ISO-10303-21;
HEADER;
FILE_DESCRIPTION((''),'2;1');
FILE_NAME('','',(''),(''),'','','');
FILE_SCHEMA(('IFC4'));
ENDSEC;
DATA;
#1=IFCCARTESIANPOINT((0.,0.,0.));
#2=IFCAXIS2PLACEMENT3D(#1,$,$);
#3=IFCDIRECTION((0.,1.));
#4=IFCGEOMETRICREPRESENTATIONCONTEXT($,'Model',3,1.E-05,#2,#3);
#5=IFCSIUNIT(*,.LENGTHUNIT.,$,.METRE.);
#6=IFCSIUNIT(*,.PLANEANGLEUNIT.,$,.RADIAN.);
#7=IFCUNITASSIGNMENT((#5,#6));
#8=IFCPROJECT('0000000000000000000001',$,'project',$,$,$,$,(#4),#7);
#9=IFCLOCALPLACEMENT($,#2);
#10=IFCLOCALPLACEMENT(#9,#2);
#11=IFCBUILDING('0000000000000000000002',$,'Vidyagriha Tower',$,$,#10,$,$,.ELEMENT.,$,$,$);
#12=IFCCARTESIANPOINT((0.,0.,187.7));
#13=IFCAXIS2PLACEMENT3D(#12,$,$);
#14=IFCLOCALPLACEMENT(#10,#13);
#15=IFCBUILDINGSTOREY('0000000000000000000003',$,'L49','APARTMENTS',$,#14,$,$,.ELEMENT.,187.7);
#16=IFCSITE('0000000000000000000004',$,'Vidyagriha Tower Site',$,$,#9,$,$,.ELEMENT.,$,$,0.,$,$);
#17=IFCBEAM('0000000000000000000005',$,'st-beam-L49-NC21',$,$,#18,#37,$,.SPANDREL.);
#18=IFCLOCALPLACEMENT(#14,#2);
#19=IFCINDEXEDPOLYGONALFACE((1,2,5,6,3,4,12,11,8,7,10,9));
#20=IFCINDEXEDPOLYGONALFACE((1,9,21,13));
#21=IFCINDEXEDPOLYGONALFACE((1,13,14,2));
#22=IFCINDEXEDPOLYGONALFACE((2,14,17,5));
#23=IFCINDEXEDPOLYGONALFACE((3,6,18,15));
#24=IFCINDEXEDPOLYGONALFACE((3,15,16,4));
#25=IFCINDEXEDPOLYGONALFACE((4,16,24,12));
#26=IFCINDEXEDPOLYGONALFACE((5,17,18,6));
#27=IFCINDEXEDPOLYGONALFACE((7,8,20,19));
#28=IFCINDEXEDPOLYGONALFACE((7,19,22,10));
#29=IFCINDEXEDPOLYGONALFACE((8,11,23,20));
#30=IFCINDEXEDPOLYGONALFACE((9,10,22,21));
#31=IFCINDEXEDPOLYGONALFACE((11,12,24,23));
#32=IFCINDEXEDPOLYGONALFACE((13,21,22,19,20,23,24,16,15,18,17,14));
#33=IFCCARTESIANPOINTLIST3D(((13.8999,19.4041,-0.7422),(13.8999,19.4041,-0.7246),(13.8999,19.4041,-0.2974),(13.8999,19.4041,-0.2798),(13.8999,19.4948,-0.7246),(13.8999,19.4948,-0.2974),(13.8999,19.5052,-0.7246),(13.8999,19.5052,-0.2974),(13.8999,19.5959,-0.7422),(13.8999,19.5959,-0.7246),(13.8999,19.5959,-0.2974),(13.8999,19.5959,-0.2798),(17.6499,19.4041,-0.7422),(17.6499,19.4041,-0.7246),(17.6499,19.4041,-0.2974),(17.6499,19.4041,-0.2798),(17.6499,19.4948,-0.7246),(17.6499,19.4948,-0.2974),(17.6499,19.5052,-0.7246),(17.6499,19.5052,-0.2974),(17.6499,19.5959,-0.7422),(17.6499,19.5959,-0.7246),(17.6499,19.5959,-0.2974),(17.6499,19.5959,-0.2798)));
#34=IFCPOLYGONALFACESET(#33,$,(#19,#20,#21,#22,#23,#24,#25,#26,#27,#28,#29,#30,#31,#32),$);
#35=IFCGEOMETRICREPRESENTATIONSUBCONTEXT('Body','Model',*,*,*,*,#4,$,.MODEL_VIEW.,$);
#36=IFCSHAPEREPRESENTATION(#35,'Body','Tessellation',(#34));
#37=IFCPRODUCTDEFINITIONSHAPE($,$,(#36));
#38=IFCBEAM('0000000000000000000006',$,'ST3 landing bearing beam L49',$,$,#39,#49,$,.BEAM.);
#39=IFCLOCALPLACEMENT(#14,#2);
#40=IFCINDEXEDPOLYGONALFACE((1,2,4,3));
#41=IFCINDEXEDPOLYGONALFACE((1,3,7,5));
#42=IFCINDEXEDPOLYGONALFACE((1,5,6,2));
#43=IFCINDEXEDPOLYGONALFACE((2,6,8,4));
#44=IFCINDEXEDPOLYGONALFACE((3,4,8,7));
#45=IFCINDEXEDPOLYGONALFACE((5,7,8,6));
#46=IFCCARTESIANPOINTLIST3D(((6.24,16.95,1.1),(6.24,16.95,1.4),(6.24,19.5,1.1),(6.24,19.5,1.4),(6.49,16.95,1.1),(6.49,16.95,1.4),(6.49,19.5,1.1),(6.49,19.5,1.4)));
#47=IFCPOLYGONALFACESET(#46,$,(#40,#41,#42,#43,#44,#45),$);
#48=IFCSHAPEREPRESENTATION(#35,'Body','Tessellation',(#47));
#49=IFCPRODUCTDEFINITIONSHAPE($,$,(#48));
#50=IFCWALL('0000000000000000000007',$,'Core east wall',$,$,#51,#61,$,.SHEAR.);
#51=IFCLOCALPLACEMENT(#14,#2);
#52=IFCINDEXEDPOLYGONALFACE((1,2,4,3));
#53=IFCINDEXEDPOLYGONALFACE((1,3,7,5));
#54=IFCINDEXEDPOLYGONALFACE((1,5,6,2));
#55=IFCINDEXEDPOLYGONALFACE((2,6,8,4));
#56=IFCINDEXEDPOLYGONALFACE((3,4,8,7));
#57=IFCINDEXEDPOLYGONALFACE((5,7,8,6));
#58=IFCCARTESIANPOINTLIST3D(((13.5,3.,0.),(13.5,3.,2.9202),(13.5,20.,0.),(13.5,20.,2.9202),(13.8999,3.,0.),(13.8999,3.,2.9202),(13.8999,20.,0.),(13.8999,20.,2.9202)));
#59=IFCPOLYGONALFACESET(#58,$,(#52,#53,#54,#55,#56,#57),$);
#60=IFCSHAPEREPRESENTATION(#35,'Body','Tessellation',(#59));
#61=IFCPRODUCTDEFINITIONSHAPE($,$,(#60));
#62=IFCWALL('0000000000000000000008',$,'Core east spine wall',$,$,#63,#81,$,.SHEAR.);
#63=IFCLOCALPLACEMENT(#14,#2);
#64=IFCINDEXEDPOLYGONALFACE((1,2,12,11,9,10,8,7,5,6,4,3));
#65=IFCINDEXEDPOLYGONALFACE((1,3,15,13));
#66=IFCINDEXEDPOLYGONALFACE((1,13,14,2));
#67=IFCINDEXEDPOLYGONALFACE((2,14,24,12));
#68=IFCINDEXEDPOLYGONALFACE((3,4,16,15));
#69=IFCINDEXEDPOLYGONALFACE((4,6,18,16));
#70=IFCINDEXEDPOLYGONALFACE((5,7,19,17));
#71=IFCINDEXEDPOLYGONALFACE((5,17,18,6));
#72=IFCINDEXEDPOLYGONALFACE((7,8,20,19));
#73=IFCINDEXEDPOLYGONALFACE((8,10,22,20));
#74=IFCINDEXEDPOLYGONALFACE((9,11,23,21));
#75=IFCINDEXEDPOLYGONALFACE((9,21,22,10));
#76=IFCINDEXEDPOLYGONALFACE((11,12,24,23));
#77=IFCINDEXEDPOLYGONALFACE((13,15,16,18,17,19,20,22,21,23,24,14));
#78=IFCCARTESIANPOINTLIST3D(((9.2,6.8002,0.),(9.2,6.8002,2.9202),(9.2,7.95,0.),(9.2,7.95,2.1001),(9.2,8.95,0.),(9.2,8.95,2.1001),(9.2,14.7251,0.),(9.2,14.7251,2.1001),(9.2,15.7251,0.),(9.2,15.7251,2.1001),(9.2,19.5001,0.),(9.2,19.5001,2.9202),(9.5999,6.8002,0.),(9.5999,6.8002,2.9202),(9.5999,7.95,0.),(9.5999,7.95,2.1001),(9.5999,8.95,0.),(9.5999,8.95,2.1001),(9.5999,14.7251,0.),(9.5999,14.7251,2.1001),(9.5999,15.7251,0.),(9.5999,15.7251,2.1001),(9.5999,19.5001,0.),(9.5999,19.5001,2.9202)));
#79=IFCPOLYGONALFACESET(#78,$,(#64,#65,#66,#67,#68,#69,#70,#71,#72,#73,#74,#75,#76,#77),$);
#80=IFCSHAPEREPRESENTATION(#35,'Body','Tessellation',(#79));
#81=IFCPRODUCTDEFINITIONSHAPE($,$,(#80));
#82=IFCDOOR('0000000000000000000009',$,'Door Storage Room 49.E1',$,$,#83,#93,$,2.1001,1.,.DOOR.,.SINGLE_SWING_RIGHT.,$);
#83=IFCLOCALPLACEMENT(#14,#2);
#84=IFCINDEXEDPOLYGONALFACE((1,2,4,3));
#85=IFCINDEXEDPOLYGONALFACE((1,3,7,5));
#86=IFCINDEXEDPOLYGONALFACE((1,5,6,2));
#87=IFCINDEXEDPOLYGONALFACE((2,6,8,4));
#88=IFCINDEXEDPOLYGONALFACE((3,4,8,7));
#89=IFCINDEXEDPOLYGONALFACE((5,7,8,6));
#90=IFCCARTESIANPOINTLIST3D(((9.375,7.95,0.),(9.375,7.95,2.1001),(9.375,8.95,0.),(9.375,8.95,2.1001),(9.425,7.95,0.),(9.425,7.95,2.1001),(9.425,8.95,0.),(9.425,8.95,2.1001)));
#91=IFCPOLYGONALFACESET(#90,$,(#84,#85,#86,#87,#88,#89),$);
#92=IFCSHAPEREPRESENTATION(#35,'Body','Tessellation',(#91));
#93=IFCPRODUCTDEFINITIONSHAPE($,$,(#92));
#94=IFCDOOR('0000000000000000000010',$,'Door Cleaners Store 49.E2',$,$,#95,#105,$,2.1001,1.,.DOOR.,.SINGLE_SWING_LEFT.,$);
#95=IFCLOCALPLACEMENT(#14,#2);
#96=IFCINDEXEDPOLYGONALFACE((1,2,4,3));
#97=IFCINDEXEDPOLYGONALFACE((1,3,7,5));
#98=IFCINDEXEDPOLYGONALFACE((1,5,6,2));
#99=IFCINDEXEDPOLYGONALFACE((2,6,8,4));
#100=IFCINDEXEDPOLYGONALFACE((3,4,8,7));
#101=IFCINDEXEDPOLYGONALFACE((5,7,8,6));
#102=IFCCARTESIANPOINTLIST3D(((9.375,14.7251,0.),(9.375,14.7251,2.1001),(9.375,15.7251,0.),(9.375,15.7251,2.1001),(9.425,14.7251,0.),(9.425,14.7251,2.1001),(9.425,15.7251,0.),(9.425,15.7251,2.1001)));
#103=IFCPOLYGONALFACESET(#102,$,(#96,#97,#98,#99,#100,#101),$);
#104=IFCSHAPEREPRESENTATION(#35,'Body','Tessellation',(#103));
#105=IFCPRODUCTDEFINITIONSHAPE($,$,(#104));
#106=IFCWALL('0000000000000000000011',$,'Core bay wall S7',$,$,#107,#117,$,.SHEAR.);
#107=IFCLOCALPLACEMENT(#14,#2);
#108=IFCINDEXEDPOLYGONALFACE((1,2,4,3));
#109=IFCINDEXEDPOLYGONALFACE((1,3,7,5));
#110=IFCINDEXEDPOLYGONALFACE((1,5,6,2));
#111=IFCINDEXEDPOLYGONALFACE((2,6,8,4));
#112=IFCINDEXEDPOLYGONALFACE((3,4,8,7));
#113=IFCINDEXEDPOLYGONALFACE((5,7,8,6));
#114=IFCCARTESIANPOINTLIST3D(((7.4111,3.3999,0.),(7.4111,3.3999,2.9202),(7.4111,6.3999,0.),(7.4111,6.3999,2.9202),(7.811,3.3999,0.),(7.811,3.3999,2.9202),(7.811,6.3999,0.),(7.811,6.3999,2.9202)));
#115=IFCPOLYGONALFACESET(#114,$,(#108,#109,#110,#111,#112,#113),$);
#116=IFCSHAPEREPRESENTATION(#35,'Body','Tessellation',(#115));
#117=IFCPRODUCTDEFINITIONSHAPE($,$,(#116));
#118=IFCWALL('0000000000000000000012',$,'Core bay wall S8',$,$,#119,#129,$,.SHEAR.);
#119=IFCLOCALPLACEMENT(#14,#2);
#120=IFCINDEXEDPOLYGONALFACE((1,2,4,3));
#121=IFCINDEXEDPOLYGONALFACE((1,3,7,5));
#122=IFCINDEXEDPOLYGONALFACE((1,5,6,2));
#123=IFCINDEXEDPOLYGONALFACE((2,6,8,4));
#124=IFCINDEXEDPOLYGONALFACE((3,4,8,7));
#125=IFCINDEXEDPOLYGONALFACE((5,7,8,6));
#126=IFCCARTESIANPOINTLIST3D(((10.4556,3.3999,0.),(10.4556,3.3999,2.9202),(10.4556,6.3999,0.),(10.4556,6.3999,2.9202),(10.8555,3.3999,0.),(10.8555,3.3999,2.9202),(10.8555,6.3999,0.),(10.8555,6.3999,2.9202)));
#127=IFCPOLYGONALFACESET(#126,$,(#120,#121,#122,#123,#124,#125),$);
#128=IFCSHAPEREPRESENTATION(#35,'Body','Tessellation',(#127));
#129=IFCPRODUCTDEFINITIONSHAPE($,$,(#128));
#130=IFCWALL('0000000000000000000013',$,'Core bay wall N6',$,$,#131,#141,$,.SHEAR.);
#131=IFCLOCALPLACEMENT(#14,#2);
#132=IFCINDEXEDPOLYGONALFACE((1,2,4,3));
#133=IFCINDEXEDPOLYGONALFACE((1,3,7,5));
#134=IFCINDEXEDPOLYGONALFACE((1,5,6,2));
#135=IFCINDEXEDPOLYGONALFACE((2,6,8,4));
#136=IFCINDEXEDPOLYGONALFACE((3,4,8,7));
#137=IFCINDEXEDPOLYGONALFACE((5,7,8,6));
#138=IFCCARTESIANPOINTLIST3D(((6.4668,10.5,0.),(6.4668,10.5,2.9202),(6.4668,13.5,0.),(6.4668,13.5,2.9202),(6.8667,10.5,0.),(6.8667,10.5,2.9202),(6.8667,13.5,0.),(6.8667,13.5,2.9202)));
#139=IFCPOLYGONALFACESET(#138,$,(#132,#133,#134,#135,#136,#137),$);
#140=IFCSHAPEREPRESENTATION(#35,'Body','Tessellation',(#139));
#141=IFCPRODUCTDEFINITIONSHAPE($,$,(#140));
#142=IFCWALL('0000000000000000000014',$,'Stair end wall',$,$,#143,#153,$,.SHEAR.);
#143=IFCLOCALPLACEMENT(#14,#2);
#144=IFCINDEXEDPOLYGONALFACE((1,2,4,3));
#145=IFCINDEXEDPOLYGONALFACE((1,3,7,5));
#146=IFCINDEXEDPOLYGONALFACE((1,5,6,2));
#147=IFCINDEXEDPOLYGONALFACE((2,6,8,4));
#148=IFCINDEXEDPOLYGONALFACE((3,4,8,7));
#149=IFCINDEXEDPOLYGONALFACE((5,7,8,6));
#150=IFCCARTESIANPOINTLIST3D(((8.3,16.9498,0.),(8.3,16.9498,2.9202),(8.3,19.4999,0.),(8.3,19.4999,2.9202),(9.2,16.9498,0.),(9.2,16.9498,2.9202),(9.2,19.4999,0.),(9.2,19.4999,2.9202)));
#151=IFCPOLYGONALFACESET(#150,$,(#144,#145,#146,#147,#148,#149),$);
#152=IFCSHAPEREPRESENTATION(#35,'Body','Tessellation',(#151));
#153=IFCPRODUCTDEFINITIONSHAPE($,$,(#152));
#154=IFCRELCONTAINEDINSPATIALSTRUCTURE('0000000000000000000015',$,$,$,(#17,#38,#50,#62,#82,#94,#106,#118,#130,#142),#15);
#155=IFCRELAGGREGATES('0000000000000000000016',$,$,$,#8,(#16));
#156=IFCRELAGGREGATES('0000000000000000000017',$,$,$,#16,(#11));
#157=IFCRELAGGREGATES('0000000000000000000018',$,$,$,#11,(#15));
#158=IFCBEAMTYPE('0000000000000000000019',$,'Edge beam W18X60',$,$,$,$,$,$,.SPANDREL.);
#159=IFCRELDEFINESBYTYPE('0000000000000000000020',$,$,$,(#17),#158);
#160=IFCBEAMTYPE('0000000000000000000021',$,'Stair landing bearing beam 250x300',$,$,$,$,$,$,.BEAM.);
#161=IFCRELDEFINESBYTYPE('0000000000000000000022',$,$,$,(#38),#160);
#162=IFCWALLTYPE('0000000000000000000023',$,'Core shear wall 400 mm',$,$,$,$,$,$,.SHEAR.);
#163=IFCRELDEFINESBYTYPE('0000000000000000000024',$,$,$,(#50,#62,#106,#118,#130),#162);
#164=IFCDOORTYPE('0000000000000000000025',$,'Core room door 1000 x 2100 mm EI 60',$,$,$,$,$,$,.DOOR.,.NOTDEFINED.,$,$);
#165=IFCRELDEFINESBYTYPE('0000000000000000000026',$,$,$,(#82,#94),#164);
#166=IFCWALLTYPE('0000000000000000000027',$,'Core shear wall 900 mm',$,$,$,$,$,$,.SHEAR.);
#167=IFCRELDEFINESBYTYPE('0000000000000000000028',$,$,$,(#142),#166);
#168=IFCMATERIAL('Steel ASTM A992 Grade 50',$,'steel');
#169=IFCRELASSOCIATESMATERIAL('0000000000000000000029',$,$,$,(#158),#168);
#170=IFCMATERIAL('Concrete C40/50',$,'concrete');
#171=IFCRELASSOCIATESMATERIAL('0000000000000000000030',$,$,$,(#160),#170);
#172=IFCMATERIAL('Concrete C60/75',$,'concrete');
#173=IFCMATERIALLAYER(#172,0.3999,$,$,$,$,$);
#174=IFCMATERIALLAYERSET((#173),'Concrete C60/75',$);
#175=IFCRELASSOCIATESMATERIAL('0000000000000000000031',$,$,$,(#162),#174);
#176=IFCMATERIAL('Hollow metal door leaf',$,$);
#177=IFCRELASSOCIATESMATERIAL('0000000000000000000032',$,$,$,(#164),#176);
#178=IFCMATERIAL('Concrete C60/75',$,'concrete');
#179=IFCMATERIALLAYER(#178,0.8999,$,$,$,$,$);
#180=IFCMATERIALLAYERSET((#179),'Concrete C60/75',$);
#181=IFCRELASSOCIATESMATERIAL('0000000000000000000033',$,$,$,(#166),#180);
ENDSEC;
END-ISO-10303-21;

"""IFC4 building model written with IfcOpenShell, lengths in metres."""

from ifc_helpers import new_model, si_unit, direction, frame, frame_2d, origin, origin_2d, place, context, subcontext, project, spatial, rectangle, i_section, extrude, material, layer, layer_set, material_profile, profile_set, type_object, element, fill, save


model = new_model("IFC4")

# Units and contexts
model_context = context("Model", 3, precision=1e-05, world=origin(), true_north=direction((0.0, 1.0)))
body_context = subcontext(model_context, "Body", "Model", "MODEL_VIEW")
ifc_project = project(units=[si_unit("LENGTHUNIT", "METRE"), si_unit("PLANEANGLEUNIT", "RADIAN")], contexts=[model_context])

# Site, building, storey
site_placement = place(None, origin())
site = spatial("IfcSite", under=ifc_project, at=site_placement, Name="Vidyagriha Tower Site", CompositionType="ELEMENT", RefElevation=0.0)
building_placement = place(site_placement, origin())
building = spatial("IfcBuilding", under=site, at=building_placement, Name="Vidyagriha Tower", CompositionType="ELEMENT")
storey_placement = place(building_placement, frame((0.0, 0.0, 187.7)))
storey = spatial("IfcBuildingStorey", under=building, at=storey_placement, Name="L49", Description="APARTMENTS", CompositionType="ELEMENT", Elevation=187.7)

# Beams
ifc_material_1 = material(Name="Steel ASTM A992 Grade 50", Category="steel")
ifc_material_profile_1 = material_profile(ifc_material_1, i_section(OverallWidth=0.1919, OverallDepth=0.4624, WebThickness=0.0105, FlangeThickness=0.0176, at=origin_2d()), Name="W18X60")
ifc_profile_set_1 = profile_set([ifc_material_profile_1], Name="Steel ASTM A992 Grade 50")
beam_type_1 = type_object("IfcBeamType", Name="Edge beam W18X60", PredefinedType="SPANDREL", material=ifc_profile_set_1)
beam_1_placement = place(storey_placement, frame((13.8999, 19.5, -0.511), z_axis=(1.0, 0.0, 0.0), x_axis=(0.0, 1.0, 0.0)))
element("IfcBeam", 1, at=beam_1_placement, inside=storey, type_object=beam_type_1, Name="st-beam-L49-NC21", PredefinedType="SPANDREL", context=body_context, shape_type="SweptSolid", body=[
    extrude(i_section(OverallWidth=0.1919, OverallDepth=0.4624, WebThickness=0.0105, FlangeThickness=0.0176, at=origin_2d()), origin(), (0.0, 0.0, 1.0), 3.75),
])
ifc_material_2 = material(Name="Concrete C40/50", Category="concrete")
ifc_material_profile_2 = material_profile(ifc_material_2, rectangle(XDim=0.25, YDim=0.3, at=origin_2d()), Name="Stair landing bearing beam 250x300")
ifc_profile_set_2 = profile_set([ifc_material_profile_2], Name="Concrete C40/50")
beam_type_2 = type_object("IfcBeamType", Name="Stair landing bearing beam 250x300", PredefinedType="BEAM", material=ifc_profile_set_2)
beam_2_placement = place(storey_placement, frame((6.365, 16.95, 1.25), z_axis=(0.0, 1.0, 0.0), x_axis=(-1.0, 0.0, 0.0)))
element("IfcBeam", 2, at=beam_2_placement, inside=storey, type_object=beam_type_2, Name="ST3 landing bearing beam L49", PredefinedType="BEAM", context=body_context, shape_type="SweptSolid", body=[
    extrude(rectangle(XDim=0.25, YDim=0.3, at=origin_2d()), origin(), (0.0, 0.0, 1.0), 2.55),
])

# Wall
ifc_material_3 = material(Name="Concrete C60/75", Category="concrete")
ifc_layer_1 = layer(ifc_material_3, 0.3999)
ifc_layer_set_1 = layer_set([ifc_layer_1], Name="Concrete C60/75")
wall_type_1 = type_object("IfcWallType", Name="Core shear wall 400 mm", PredefinedType="SHEAR", material=ifc_layer_set_1)
wall_1_placement = place(storey_placement, frame((13.7, 3.0, 0.0), z_axis=(0.0, 0.0, 1.0), x_axis=(0.0, 1.0, 0.0)))
element("IfcWall", 3, at=wall_1_placement, inside=storey, type_object=wall_type_1, Name="Core east wall", PredefinedType="SHEAR", context=body_context, shape_type="SweptSolid", body=[
    extrude(rectangle(XDim=17.0, YDim=0.3999, at=frame_2d((8.5, 0.0))), origin(), (0.0, 0.0, 1.0), 2.9202),
])

# Wall, openings, doors
wall_2_placement = place(storey_placement, frame((9.3999, 6.8, 0.0), z_axis=(0.0, 0.0, 1.0), x_axis=(0.0, 1.0, 0.0)))
wall_2 = element("IfcWall", 4, at=wall_2_placement, inside=storey, type_object=wall_type_1, Name="Core east spine wall", PredefinedType="SHEAR", context=body_context, shape_type="SweptSolid", body=[
    extrude(rectangle(XDim=12.7, YDim=0.3999, at=frame_2d((6.3501, 0.0))), origin(), (0.0, 0.0, 1.0), 2.9202),
])
opening_1_placement = place(wall_2_placement, frame((1.1499, 0.0, 0.0)))
opening_1 = element("IfcOpeningElement", 5, at=opening_1_placement, cuts=wall_2, PredefinedType="OPENING", context=body_context, shape_type="SweptSolid", body=[
    extrude(rectangle(XDim=1.0, YDim=2.1001, at=frame_2d((0.5, 1.05))), frame((0.0, 0.21, 0.0), z_axis=(0.0, -1.0, 0.0), x_axis=(1.0, 0.0, 0.0)), (0.0, 0.0, 1.0), 0.4199),
])
opening_2_placement = place(wall_2_placement, frame((7.925, 0.0, 0.0)))
opening_2 = element("IfcOpeningElement", 6, at=opening_2_placement, cuts=wall_2, PredefinedType="OPENING", context=body_context, shape_type="SweptSolid", body=[
    extrude(rectangle(XDim=1.0, YDim=2.1001, at=frame_2d((0.5, 1.05))), frame((0.0, 0.21, 0.0), z_axis=(0.0, -1.0, 0.0), x_axis=(1.0, 0.0, 0.0)), (0.0, 0.0, 1.0), 0.4199),
])
ifc_material_4 = material(Name="Hollow metal door leaf")
door_type_1 = type_object("IfcDoorType", Name="Core room door 1000 x 2100 mm EI 60", OperationType="NOTDEFINED", PredefinedType="DOOR", material=ifc_material_4)
door_1_placement = place(opening_1_placement, origin())
door_1 = element("IfcDoor", 7, at=door_1_placement, inside=storey, type_object=door_type_1, Name="Door Storage Room 49.E1", OperationType="SINGLE_SWING_RIGHT", OverallHeight=2.1001, OverallWidth=1.0, PredefinedType="DOOR", context=body_context, shape_type="SweptSolid", body=[
    extrude(rectangle(XDim=1.0, YDim=2.1001, at=frame_2d((0.5, 1.05))), frame((0.0, 0.0249, 0.0), z_axis=(0.0, -1.0, 0.0), x_axis=(1.0, 0.0, 0.0)), (0.0, 0.0, 1.0), 0.05),
])
fill(opening_1, door_1)
door_2_placement = place(opening_2_placement, origin())
door_2 = element("IfcDoor", 8, at=door_2_placement, inside=storey, type_object=door_type_1, Name="Door Cleaners Store 49.E2", OperationType="SINGLE_SWING_LEFT", OverallHeight=2.1001, OverallWidth=1.0, PredefinedType="DOOR", context=body_context, shape_type="SweptSolid", body=[
    extrude(rectangle(XDim=1.0, YDim=2.1001, at=frame_2d((0.5, 1.05))), frame((0.0, 0.0249, 0.0), z_axis=(0.0, -1.0, 0.0), x_axis=(1.0, 0.0, 0.0)), (0.0, 0.0, 1.0), 0.05),
])
fill(opening_2, door_2)

# Walls
for number, where, z_axis, x_axis, name in (
    (9, (7.6111, 3.3999, 0.0), (0.0, 0.0, 1.0), (0.0, 1.0, 0.0), "Core bay wall S7"),
    (10, (10.6555, 3.3999, 0.0), (0.0, 0.0, 1.0), (0.0, 1.0, 0.0), "Core bay wall S8"),
    (11, (6.6667, 10.5, 0.0), (0.0, 0.0, 1.0), (0.0, 1.0, 0.0), "Core bay wall N6"),
):
    element("IfcWall", number, at=place(storey_placement, frame(where, z_axis=z_axis, x_axis=x_axis)), inside=storey, type_object=wall_type_1, Name=name, PredefinedType="SHEAR", context=body_context, shape_type="SweptSolid", body=[
        extrude(rectangle(XDim=3.0, YDim=0.3999, at=frame_2d((1.5, 0.0))), origin(), (0.0, 0.0, 1.0), 2.9202),
    ])
ifc_material_5 = material(Name="Concrete C60/75", Category="concrete")
ifc_layer_2 = layer(ifc_material_5, 0.8999)
ifc_layer_set_2 = layer_set([ifc_layer_2], Name="Concrete C60/75")
wall_type_2 = type_object("IfcWallType", Name="Core shear wall 900 mm", PredefinedType="SHEAR", material=ifc_layer_set_2)
wall_3_placement = place(storey_placement, frame((8.75, 16.95, 0.0), z_axis=(0.0, 0.0, 1.0), x_axis=(0.0, 1.0, 0.0)))
element("IfcWall", 12, at=wall_3_placement, inside=storey, type_object=wall_type_2, Name="Stair end wall", PredefinedType="SHEAR", context=body_context, shape_type="SweptSolid", body=[
    extrude(rectangle(XDim=2.55, YDim=0.8999, at=frame_2d((1.2749, 0.0))), origin(), (0.0, 0.0, 1.0), 2.9202),
])

save(model, "model.ifc")
